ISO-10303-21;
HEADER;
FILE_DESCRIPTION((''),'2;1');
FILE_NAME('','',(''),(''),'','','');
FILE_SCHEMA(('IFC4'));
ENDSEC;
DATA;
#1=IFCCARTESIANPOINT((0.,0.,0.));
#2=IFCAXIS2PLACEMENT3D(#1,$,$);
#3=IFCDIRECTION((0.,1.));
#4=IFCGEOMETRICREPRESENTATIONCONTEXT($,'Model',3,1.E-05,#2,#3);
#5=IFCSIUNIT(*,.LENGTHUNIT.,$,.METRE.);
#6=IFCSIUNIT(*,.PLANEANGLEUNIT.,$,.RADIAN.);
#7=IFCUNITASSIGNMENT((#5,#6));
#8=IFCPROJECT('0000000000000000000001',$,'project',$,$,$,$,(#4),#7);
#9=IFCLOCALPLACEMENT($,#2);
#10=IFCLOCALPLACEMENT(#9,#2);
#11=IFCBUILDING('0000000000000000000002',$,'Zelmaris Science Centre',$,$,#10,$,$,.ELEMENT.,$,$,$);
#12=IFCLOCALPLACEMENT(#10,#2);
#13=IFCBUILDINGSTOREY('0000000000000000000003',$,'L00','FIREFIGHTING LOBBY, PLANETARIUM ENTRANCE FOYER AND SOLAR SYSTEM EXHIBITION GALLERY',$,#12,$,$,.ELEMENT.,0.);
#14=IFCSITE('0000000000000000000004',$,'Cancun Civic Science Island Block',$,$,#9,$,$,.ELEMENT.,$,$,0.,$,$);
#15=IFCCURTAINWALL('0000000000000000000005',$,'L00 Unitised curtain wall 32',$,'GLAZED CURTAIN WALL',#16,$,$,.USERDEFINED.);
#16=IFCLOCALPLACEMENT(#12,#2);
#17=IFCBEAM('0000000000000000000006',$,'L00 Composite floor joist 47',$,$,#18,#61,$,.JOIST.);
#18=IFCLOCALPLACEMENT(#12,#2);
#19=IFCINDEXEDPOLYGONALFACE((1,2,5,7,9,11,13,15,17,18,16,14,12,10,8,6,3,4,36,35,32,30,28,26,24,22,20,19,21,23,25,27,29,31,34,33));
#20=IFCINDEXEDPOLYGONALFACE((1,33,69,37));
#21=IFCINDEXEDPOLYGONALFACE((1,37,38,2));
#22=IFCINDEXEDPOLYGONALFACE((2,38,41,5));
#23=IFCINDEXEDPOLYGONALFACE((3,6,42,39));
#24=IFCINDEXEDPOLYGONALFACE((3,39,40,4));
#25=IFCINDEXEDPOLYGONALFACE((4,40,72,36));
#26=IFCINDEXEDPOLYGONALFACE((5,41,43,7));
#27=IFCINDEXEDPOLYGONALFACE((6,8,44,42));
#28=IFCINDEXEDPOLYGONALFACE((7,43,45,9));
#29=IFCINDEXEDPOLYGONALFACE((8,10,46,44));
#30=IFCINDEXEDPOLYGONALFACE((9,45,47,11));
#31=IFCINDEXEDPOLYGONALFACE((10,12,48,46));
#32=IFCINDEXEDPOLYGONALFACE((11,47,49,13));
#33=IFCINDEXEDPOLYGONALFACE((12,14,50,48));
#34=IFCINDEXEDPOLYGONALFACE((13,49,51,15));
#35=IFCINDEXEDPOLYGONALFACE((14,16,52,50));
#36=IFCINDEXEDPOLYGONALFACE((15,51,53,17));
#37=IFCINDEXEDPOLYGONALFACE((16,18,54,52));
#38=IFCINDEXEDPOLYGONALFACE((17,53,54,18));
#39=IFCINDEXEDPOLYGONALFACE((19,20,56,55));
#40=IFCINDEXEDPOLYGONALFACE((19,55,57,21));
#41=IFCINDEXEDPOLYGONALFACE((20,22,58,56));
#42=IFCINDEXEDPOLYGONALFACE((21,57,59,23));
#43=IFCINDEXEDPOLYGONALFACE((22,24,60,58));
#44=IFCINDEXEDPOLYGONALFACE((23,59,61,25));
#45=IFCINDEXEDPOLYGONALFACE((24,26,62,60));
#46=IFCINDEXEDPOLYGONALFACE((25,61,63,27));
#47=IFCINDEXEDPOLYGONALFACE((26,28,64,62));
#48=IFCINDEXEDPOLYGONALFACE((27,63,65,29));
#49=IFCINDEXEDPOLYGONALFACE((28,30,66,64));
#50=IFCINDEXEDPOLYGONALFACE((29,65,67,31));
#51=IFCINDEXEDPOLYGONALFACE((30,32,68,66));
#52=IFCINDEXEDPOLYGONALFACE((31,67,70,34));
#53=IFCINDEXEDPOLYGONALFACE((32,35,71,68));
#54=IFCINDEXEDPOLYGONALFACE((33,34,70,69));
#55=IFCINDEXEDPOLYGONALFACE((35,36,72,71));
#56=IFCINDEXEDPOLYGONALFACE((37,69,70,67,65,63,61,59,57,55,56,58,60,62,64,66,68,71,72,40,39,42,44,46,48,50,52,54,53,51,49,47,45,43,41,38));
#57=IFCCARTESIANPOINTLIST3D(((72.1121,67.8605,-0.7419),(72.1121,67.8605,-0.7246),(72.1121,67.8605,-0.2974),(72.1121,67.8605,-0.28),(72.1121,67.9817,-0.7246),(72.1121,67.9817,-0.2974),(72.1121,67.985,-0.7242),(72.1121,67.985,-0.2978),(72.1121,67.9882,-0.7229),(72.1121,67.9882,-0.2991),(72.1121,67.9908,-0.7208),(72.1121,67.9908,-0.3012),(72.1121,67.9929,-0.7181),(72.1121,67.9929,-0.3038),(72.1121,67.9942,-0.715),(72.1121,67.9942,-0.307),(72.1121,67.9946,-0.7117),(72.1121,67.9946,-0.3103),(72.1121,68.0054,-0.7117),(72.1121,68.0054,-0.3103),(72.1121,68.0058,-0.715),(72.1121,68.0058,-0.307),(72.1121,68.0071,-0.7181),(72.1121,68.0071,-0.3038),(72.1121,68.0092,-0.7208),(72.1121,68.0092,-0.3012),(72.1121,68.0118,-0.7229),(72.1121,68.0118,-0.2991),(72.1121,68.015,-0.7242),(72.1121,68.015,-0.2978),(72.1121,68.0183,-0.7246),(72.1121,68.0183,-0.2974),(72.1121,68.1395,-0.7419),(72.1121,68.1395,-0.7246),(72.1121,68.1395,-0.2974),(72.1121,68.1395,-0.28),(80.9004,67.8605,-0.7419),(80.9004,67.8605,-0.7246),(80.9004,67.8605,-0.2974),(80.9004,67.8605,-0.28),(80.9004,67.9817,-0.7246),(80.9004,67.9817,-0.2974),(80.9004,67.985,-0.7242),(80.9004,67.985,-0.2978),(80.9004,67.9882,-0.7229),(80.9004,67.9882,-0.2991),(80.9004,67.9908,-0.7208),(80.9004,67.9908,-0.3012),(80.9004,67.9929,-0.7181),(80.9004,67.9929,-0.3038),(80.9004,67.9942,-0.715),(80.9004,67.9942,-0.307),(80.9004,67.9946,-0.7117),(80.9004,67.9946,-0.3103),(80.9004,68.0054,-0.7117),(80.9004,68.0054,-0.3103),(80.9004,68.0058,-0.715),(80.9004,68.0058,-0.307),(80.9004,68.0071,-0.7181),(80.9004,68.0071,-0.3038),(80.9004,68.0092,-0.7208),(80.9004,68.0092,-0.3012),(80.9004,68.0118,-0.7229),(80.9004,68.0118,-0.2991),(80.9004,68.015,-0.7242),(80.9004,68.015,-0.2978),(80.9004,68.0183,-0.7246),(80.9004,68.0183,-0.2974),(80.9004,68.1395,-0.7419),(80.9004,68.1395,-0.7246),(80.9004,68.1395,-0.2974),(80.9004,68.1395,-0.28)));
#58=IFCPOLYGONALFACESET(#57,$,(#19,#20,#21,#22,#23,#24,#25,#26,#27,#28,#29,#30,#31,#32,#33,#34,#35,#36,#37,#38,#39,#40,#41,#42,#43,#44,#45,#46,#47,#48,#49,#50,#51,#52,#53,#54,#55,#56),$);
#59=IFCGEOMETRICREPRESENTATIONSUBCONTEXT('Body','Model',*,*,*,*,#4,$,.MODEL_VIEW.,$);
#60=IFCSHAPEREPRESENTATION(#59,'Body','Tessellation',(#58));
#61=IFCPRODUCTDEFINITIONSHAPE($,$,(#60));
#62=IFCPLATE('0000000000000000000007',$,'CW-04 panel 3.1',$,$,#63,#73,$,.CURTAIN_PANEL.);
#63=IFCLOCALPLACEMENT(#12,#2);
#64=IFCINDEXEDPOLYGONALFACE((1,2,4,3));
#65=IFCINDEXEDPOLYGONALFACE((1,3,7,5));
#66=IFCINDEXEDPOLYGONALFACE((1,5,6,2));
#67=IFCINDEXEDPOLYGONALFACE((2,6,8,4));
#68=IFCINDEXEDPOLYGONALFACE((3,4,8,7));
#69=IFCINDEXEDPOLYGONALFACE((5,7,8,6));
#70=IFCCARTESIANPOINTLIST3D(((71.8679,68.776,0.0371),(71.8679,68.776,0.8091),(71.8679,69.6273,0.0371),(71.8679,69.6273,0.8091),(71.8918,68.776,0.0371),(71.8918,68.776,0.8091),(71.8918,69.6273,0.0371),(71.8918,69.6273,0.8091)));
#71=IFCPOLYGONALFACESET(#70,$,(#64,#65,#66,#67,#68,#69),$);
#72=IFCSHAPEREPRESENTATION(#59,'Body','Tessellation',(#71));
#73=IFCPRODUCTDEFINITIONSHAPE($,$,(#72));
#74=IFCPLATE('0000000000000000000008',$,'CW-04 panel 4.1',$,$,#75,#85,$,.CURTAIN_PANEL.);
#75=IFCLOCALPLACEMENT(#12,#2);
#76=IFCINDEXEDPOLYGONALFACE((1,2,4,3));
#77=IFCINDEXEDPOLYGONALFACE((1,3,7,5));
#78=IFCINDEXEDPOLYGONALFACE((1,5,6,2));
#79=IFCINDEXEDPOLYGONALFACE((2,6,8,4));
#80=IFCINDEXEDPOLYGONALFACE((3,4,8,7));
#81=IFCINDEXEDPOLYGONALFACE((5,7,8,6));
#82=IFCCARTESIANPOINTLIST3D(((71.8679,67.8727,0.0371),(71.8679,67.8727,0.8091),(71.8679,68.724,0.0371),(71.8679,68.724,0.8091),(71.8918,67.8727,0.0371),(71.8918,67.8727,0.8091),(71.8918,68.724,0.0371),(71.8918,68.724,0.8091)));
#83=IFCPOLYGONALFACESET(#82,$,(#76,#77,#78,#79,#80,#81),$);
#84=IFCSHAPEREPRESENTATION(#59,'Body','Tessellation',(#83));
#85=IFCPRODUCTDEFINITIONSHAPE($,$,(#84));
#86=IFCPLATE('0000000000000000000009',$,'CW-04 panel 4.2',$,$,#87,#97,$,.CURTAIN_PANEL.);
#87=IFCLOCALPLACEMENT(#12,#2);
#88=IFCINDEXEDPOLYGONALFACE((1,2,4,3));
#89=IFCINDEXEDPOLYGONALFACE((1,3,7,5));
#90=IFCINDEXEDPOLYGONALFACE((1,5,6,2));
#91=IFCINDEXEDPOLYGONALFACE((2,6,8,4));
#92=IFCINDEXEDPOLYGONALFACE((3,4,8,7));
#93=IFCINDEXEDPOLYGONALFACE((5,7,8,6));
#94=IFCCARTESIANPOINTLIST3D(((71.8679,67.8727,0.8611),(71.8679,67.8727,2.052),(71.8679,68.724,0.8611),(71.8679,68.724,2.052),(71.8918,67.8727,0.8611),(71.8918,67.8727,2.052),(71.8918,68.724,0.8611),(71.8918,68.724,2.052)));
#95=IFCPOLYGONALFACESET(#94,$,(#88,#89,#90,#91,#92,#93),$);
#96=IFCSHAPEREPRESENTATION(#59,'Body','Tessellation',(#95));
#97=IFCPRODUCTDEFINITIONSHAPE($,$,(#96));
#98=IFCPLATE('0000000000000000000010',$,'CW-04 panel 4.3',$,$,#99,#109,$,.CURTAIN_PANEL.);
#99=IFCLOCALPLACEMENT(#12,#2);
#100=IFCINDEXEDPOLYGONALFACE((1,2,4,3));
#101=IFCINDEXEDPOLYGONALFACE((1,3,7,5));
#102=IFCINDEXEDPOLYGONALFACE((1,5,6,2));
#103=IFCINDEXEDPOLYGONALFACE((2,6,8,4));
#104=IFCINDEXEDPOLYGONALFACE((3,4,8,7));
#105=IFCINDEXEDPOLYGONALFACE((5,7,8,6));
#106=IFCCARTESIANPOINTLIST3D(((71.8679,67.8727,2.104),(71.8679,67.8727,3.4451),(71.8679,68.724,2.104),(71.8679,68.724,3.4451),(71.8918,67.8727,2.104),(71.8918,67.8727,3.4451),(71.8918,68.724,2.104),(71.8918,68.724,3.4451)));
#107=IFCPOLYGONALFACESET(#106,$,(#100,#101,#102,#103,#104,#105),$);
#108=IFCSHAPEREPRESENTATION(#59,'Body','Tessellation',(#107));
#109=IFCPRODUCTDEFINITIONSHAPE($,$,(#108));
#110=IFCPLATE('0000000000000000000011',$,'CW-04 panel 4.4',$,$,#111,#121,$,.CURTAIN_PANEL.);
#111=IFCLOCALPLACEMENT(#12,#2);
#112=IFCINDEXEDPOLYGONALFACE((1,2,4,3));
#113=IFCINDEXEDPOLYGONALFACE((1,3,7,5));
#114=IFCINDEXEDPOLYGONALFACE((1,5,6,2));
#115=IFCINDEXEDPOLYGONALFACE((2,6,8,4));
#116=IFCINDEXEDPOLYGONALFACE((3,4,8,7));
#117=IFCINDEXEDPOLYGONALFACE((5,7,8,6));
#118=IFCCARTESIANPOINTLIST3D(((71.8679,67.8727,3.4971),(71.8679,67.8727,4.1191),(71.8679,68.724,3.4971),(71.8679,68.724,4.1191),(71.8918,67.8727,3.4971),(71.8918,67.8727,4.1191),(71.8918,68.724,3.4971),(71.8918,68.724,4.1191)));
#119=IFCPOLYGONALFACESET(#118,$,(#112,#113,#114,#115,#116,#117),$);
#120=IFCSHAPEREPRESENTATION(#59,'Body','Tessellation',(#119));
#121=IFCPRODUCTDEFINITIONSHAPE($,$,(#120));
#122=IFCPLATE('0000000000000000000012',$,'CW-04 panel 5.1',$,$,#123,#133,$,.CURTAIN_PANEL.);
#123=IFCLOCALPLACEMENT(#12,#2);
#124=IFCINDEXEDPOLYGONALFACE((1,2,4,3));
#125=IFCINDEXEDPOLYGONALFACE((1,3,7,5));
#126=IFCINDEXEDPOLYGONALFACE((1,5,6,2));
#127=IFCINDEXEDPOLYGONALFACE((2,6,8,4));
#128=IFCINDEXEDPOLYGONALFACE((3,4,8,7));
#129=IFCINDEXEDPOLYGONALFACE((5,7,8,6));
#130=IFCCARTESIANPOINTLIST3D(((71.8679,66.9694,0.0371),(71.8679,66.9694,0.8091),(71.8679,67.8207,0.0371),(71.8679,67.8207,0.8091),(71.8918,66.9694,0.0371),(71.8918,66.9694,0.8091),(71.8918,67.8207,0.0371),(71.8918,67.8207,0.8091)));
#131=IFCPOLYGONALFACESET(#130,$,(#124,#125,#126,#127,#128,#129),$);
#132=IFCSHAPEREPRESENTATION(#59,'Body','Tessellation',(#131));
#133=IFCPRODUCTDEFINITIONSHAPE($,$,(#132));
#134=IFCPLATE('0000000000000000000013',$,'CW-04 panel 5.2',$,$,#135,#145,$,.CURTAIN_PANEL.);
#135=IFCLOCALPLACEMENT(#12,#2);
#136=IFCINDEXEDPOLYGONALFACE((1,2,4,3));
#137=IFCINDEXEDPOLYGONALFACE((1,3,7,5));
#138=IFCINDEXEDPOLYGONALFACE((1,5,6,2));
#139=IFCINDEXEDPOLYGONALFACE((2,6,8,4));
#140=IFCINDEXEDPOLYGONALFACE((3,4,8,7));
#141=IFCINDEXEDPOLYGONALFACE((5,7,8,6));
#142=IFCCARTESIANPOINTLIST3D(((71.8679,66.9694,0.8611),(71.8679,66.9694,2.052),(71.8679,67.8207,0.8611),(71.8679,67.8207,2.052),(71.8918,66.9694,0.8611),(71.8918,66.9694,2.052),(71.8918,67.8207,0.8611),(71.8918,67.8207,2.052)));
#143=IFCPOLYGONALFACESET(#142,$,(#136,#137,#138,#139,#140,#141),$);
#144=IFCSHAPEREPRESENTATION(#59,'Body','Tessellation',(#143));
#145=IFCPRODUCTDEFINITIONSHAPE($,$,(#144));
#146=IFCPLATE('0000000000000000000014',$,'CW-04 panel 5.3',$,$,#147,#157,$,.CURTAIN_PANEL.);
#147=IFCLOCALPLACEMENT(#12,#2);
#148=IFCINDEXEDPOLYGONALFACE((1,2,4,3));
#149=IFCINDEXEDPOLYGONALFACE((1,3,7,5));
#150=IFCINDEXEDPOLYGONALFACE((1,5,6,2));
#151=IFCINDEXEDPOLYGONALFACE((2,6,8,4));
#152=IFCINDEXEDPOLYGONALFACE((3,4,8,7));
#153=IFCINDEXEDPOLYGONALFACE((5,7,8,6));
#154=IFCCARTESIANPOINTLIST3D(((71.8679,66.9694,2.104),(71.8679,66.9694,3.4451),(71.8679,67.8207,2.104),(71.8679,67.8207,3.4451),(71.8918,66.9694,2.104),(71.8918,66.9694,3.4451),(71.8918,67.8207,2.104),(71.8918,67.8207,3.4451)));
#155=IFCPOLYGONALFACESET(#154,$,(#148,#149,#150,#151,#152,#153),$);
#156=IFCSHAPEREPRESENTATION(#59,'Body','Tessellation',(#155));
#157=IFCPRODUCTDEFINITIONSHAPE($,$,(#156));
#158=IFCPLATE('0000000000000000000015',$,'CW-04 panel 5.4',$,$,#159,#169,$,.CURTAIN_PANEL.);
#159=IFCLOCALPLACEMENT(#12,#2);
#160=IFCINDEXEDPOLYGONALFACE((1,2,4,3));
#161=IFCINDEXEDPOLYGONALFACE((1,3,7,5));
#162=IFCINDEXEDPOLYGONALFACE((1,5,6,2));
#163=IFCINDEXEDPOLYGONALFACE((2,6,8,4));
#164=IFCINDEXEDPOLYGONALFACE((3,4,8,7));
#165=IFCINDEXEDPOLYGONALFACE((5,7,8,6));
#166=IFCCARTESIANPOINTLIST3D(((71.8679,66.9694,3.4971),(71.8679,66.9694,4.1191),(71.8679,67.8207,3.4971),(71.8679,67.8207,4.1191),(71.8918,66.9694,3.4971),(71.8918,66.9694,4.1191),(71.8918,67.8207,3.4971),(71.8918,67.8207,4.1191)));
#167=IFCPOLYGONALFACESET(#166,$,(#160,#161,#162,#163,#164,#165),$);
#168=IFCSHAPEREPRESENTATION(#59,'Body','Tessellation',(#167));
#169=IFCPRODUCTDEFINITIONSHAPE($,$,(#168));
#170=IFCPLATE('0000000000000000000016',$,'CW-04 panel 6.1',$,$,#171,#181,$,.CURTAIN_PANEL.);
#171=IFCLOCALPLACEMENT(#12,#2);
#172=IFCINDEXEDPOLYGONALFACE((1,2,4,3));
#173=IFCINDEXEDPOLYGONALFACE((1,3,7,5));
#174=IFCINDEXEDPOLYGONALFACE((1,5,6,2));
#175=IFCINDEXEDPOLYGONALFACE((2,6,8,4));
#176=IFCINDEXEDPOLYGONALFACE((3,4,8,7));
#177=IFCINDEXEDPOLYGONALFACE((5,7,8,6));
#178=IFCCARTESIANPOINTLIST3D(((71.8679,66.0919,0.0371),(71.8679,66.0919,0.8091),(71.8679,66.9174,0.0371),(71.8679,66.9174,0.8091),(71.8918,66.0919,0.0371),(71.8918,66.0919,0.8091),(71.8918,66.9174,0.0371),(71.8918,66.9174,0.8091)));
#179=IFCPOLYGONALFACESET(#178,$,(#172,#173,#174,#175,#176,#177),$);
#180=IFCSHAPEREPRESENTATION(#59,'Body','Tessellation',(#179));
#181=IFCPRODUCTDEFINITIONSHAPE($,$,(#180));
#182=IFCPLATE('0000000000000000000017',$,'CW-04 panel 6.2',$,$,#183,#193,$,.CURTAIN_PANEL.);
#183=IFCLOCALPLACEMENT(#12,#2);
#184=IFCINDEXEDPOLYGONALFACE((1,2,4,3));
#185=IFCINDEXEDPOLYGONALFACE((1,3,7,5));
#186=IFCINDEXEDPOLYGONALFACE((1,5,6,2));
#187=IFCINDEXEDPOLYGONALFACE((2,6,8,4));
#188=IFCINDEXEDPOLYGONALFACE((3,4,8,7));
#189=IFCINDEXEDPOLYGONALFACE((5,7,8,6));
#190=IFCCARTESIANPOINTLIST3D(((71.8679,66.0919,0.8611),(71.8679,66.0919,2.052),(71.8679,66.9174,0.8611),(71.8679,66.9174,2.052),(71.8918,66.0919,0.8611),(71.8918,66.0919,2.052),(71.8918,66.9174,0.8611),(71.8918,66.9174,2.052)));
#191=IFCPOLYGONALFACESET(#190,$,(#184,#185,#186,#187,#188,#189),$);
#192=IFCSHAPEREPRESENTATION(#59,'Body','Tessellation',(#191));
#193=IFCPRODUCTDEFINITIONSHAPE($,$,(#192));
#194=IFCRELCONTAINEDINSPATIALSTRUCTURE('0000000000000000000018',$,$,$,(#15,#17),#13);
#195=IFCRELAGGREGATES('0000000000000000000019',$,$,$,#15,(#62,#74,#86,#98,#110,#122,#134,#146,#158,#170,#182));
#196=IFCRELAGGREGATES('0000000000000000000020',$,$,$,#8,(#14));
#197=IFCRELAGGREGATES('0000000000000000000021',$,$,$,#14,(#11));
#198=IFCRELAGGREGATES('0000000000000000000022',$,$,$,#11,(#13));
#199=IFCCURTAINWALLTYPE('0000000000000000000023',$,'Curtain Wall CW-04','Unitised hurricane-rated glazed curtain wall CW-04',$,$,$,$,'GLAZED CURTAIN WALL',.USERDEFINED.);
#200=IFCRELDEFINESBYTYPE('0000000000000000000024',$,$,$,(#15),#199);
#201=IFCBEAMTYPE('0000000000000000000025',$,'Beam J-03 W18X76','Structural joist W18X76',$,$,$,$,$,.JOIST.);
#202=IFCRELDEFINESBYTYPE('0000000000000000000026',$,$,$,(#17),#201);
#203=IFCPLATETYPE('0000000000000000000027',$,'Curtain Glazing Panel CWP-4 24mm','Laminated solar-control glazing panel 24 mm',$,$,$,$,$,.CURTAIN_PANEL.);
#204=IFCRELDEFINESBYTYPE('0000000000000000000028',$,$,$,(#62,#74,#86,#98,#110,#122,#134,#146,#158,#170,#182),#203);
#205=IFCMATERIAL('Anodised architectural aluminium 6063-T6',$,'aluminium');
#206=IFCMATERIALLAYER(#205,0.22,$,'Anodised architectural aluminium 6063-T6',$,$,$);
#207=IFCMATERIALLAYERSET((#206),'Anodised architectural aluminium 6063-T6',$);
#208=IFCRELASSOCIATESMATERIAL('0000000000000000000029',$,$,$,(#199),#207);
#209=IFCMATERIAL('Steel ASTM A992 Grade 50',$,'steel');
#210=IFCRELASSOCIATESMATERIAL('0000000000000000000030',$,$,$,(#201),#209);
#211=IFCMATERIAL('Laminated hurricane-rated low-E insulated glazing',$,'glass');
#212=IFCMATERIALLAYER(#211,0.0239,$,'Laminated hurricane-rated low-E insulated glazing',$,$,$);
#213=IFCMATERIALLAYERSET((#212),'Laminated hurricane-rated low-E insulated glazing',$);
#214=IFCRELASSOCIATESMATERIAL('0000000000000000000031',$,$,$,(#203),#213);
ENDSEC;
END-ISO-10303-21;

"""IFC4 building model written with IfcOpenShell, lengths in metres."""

from ifc_helpers import new_model, si_unit, direction, frame, origin, origin_2d, place, context, subcontext, project, spatial, rectangle, i_section, extrude, material, layer, layer_set, material_profile, profile_set, type_object, element, aggregate, save


model = new_model("IFC4")

# Units and contexts
model_context = context("Model", 3, precision=1e-05, world=origin(), true_north=direction((0.0, 1.0)))
body_context = subcontext(model_context, "Body", "Model", "MODEL_VIEW")
ifc_project = project(units=[si_unit("LENGTHUNIT", "METRE"), si_unit("PLANEANGLEUNIT", "RADIAN")], contexts=[model_context])

# Site, building, storey
site_placement = place(None, origin())
site = spatial("IfcSite", under=ifc_project, at=site_placement, Name="Cancun Civic Science Island Block", CompositionType="ELEMENT", RefElevation=0.0)
building_placement = place(site_placement, origin())
building = spatial("IfcBuilding", under=site, at=building_placement, Name="Zelmaris Science Centre", CompositionType="ELEMENT")
storey_placement = place(building_placement, origin())
storey = spatial("IfcBuildingStorey", under=building, at=storey_placement, Name="L00", Description="FIREFIGHTING LOBBY, PLANETARIUM ENTRANCE FOYER AND SOLAR SYSTEM EXHIBITION GALLERY", CompositionType="ELEMENT", Elevation=0.0)

# Curtain wall
ifc_material_1 = material(Name="Anodised architectural aluminium 6063-T6", Category="aluminium")
ifc_layer_1 = layer(ifc_material_1, 0.22, Name="Anodised architectural aluminium 6063-T6")
ifc_layer_set_1 = layer_set([ifc_layer_1], Name="Anodised architectural aluminium 6063-T6")
curtain_wall_type = type_object("IfcCurtainWallType", Name="Curtain Wall CW-04", Description="Unitised hurricane-rated glazed curtain wall CW-04", ElementType="GLAZED CURTAIN WALL", PredefinedType="USERDEFINED", material=ifc_layer_set_1)
curtain_wall_placement = place(storey_placement, origin())
curtain_wall = element("IfcCurtainWall", 1, at=curtain_wall_placement, inside=storey, type_object=curtain_wall_type, Name="L00 Unitised curtain wall 32", ObjectType="GLAZED CURTAIN WALL", PredefinedType="USERDEFINED")

# Beam
ifc_material_2 = material(Name="Steel ASTM A992 Grade 50", Category="steel")
ifc_material_profile_1 = material_profile(ifc_material_2, i_section(OverallWidth=0.2791, OverallDepth=0.4619, WebThickness=0.0107, FlangeThickness=0.0173, FilletRadius=0.0129, at=origin_2d()), Name="W18X76")
ifc_profile_set_1 = profile_set([ifc_material_profile_1], Name="Steel ASTM A992 Grade 50")
beam_type_1 = type_object("IfcBeamType", Name="Beam J-03 W18X76", Description="Structural joist W18X76", PredefinedType="JOIST", material=ifc_profile_set_1)
beam_1_placement = place(storey_placement, frame((72.1121, 68.0, -0.511), z_axis=(1.0, 0.0, 0.0), x_axis=(0.0, 1.0, 0.0)))
element("IfcBeam", 2, at=beam_1_placement, inside=storey, type_object=beam_type_1, Name="L00 Composite floor joist 47", PredefinedType="JOIST", context=body_context, shape_type="SweptSolid", body=[
    extrude(i_section(OverallWidth=0.2791, OverallDepth=0.4619, WebThickness=0.0107, FlangeThickness=0.0173, FilletRadius=0.0129, at=origin_2d()), origin(), (0.0, 0.0, 1.0), 8.7883),
])

# Plates
ifc_material_3 = material(Name="Laminated hurricane-rated low-E insulated glazing", Category="glass")
ifc_layer_2 = layer(ifc_material_3, 0.0239, Name="Laminated hurricane-rated low-E insulated glazing")
ifc_layer_set_2 = layer_set([ifc_layer_2], Name="Laminated hurricane-rated low-E insulated glazing")
plate_type = type_object("IfcPlateType", Name="Curtain Glazing Panel CWP-4 24mm", Description="Laminated solar-control glazing panel 24 mm", PredefinedType="CURTAIN_PANEL", material=ifc_layer_set_2)
plate_1_placement = place(storey_placement, frame((71.8799, 69.2017, 0.0371), z_axis=(0.0, 0.0, 1.0), x_axis=(0.0, -1.0, 0.0)))
plate_1 = element("IfcPlate", 3, at=plate_1_placement, type_object=plate_type, Name="CW-04 panel 3.1", PredefinedType="CURTAIN_PANEL", context=body_context, shape_type="SweptSolid", body=[
    extrude(rectangle(XDim=0.8513, YDim=0.0239, at=origin_2d()), origin(), (0.0, 0.0, 1.0), 0.772),
])
plate_2_placement = place(storey_placement, frame((71.8799, 68.2983, 0.0371), z_axis=(0.0, 0.0, 1.0), x_axis=(0.0, -1.0, 0.0)))
plate_2 = element("IfcPlate", 4, at=plate_2_placement, type_object=plate_type, Name="CW-04 panel 4.1", PredefinedType="CURTAIN_PANEL", context=body_context, shape_type="SweptSolid", body=[
    extrude(rectangle(XDim=0.8513, YDim=0.0239, at=origin_2d()), origin(), (0.0, 0.0, 1.0), 0.772),
])
plate_3_placement = place(storey_placement, frame((71.8799, 68.2983, 0.8611), z_axis=(0.0, 0.0, 1.0), x_axis=(0.0, -1.0, 0.0)))
plate_3 = element("IfcPlate", 5, at=plate_3_placement, type_object=plate_type, Name="CW-04 panel 4.2", PredefinedType="CURTAIN_PANEL", context=body_context, shape_type="SweptSolid", body=[
    extrude(rectangle(XDim=0.8513, YDim=0.0239, at=origin_2d()), origin(), (0.0, 0.0, 1.0), 1.1909),
])
plate_4_placement = place(storey_placement, frame((71.8799, 68.2983, 2.104), z_axis=(0.0, 0.0, 1.0), x_axis=(0.0, -1.0, 0.0)))
plate_4 = element("IfcPlate", 6, at=plate_4_placement, type_object=plate_type, Name="CW-04 panel 4.3", PredefinedType="CURTAIN_PANEL", context=body_context, shape_type="SweptSolid", body=[
    extrude(rectangle(XDim=0.8513, YDim=0.0239, at=origin_2d()), origin(), (0.0, 0.0, 1.0), 1.3411),
])
plate_5_placement = place(storey_placement, frame((71.8799, 68.2983, 3.4971), z_axis=(0.0, 0.0, 1.0), x_axis=(0.0, -1.0, 0.0)))
plate_5 = element("IfcPlate", 7, at=plate_5_placement, type_object=plate_type, Name="CW-04 panel 4.4", PredefinedType="CURTAIN_PANEL", context=body_context, shape_type="SweptSolid", body=[
    extrude(rectangle(XDim=0.8513, YDim=0.0239, at=origin_2d()), origin(), (0.0, 0.0, 1.0), 0.6221),
])
plate_6_placement = place(storey_placement, frame((71.8799, 67.395, 0.0371), z_axis=(0.0, 0.0, 1.0), x_axis=(0.0, -1.0, 0.0)))
plate_6 = element("IfcPlate", 8, at=plate_6_placement, type_object=plate_type, Name="CW-04 panel 5.1", PredefinedType="CURTAIN_PANEL", context=body_context, shape_type="SweptSolid", body=[
    extrude(rectangle(XDim=0.8513, YDim=0.0239, at=origin_2d()), origin(), (0.0, 0.0, 1.0), 0.772),
])
plate_7_placement = place(storey_placement, frame((71.8799, 67.395, 0.8611), z_axis=(0.0, 0.0, 1.0), x_axis=(0.0, -1.0, 0.0)))
plate_7 = element("IfcPlate", 9, at=plate_7_placement, type_object=plate_type, Name="CW-04 panel 5.2", PredefinedType="CURTAIN_PANEL", context=body_context, shape_type="SweptSolid", body=[
    extrude(rectangle(XDim=0.8513, YDim=0.0239, at=origin_2d()), origin(), (0.0, 0.0, 1.0), 1.1909),
])
plate_8_placement = place(storey_placement, frame((71.8799, 67.395, 2.104), z_axis=(0.0, 0.0, 1.0), x_axis=(0.0, -1.0, 0.0)))
plate_8 = element("IfcPlate", 10, at=plate_8_placement, type_object=plate_type, Name="CW-04 panel 5.3", PredefinedType="CURTAIN_PANEL", context=body_context, shape_type="SweptSolid", body=[
    extrude(rectangle(XDim=0.8513, YDim=0.0239, at=origin_2d()), origin(), (0.0, 0.0, 1.0), 1.3411),
])
plate_9_placement = place(storey_placement, frame((71.8799, 67.395, 3.4971), z_axis=(0.0, 0.0, 1.0), x_axis=(0.0, -1.0, 0.0)))
plate_9 = element("IfcPlate", 11, at=plate_9_placement, type_object=plate_type, Name="CW-04 panel 5.4", PredefinedType="CURTAIN_PANEL", context=body_context, shape_type="SweptSolid", body=[
    extrude(rectangle(XDim=0.8513, YDim=0.0239, at=origin_2d()), origin(), (0.0, 0.0, 1.0), 0.6221),
])
plate_10_placement = place(storey_placement, frame((71.8799, 66.5046, 0.0371), z_axis=(0.0, 0.0, 1.0), x_axis=(0.0, -1.0, 0.0)))
plate_10 = element("IfcPlate", 12, at=plate_10_placement, type_object=plate_type, Name="CW-04 panel 6.1", PredefinedType="CURTAIN_PANEL", context=body_context, shape_type="SweptSolid", body=[
    extrude(rectangle(XDim=0.8254, YDim=0.0239, at=origin_2d()), origin(), (0.0, 0.0, 1.0), 0.772),
])
plate_11_placement = place(storey_placement, frame((71.8799, 66.5046, 0.8611), z_axis=(0.0, 0.0, 1.0), x_axis=(0.0, -1.0, 0.0)))
plate_11 = element("IfcPlate", 13, at=plate_11_placement, type_object=plate_type, Name="CW-04 panel 6.2", PredefinedType="CURTAIN_PANEL", context=body_context, shape_type="SweptSolid", body=[
    extrude(rectangle(XDim=0.8254, YDim=0.0239, at=origin_2d()), origin(), (0.0, 0.0, 1.0), 1.1909),
])
aggregate(curtain_wall, [plate_1, plate_2, plate_3, plate_4, plate_5, plate_6, plate_7, plate_8, plate_9, plate_10, plate_11])

save(model, "model.ifc")
